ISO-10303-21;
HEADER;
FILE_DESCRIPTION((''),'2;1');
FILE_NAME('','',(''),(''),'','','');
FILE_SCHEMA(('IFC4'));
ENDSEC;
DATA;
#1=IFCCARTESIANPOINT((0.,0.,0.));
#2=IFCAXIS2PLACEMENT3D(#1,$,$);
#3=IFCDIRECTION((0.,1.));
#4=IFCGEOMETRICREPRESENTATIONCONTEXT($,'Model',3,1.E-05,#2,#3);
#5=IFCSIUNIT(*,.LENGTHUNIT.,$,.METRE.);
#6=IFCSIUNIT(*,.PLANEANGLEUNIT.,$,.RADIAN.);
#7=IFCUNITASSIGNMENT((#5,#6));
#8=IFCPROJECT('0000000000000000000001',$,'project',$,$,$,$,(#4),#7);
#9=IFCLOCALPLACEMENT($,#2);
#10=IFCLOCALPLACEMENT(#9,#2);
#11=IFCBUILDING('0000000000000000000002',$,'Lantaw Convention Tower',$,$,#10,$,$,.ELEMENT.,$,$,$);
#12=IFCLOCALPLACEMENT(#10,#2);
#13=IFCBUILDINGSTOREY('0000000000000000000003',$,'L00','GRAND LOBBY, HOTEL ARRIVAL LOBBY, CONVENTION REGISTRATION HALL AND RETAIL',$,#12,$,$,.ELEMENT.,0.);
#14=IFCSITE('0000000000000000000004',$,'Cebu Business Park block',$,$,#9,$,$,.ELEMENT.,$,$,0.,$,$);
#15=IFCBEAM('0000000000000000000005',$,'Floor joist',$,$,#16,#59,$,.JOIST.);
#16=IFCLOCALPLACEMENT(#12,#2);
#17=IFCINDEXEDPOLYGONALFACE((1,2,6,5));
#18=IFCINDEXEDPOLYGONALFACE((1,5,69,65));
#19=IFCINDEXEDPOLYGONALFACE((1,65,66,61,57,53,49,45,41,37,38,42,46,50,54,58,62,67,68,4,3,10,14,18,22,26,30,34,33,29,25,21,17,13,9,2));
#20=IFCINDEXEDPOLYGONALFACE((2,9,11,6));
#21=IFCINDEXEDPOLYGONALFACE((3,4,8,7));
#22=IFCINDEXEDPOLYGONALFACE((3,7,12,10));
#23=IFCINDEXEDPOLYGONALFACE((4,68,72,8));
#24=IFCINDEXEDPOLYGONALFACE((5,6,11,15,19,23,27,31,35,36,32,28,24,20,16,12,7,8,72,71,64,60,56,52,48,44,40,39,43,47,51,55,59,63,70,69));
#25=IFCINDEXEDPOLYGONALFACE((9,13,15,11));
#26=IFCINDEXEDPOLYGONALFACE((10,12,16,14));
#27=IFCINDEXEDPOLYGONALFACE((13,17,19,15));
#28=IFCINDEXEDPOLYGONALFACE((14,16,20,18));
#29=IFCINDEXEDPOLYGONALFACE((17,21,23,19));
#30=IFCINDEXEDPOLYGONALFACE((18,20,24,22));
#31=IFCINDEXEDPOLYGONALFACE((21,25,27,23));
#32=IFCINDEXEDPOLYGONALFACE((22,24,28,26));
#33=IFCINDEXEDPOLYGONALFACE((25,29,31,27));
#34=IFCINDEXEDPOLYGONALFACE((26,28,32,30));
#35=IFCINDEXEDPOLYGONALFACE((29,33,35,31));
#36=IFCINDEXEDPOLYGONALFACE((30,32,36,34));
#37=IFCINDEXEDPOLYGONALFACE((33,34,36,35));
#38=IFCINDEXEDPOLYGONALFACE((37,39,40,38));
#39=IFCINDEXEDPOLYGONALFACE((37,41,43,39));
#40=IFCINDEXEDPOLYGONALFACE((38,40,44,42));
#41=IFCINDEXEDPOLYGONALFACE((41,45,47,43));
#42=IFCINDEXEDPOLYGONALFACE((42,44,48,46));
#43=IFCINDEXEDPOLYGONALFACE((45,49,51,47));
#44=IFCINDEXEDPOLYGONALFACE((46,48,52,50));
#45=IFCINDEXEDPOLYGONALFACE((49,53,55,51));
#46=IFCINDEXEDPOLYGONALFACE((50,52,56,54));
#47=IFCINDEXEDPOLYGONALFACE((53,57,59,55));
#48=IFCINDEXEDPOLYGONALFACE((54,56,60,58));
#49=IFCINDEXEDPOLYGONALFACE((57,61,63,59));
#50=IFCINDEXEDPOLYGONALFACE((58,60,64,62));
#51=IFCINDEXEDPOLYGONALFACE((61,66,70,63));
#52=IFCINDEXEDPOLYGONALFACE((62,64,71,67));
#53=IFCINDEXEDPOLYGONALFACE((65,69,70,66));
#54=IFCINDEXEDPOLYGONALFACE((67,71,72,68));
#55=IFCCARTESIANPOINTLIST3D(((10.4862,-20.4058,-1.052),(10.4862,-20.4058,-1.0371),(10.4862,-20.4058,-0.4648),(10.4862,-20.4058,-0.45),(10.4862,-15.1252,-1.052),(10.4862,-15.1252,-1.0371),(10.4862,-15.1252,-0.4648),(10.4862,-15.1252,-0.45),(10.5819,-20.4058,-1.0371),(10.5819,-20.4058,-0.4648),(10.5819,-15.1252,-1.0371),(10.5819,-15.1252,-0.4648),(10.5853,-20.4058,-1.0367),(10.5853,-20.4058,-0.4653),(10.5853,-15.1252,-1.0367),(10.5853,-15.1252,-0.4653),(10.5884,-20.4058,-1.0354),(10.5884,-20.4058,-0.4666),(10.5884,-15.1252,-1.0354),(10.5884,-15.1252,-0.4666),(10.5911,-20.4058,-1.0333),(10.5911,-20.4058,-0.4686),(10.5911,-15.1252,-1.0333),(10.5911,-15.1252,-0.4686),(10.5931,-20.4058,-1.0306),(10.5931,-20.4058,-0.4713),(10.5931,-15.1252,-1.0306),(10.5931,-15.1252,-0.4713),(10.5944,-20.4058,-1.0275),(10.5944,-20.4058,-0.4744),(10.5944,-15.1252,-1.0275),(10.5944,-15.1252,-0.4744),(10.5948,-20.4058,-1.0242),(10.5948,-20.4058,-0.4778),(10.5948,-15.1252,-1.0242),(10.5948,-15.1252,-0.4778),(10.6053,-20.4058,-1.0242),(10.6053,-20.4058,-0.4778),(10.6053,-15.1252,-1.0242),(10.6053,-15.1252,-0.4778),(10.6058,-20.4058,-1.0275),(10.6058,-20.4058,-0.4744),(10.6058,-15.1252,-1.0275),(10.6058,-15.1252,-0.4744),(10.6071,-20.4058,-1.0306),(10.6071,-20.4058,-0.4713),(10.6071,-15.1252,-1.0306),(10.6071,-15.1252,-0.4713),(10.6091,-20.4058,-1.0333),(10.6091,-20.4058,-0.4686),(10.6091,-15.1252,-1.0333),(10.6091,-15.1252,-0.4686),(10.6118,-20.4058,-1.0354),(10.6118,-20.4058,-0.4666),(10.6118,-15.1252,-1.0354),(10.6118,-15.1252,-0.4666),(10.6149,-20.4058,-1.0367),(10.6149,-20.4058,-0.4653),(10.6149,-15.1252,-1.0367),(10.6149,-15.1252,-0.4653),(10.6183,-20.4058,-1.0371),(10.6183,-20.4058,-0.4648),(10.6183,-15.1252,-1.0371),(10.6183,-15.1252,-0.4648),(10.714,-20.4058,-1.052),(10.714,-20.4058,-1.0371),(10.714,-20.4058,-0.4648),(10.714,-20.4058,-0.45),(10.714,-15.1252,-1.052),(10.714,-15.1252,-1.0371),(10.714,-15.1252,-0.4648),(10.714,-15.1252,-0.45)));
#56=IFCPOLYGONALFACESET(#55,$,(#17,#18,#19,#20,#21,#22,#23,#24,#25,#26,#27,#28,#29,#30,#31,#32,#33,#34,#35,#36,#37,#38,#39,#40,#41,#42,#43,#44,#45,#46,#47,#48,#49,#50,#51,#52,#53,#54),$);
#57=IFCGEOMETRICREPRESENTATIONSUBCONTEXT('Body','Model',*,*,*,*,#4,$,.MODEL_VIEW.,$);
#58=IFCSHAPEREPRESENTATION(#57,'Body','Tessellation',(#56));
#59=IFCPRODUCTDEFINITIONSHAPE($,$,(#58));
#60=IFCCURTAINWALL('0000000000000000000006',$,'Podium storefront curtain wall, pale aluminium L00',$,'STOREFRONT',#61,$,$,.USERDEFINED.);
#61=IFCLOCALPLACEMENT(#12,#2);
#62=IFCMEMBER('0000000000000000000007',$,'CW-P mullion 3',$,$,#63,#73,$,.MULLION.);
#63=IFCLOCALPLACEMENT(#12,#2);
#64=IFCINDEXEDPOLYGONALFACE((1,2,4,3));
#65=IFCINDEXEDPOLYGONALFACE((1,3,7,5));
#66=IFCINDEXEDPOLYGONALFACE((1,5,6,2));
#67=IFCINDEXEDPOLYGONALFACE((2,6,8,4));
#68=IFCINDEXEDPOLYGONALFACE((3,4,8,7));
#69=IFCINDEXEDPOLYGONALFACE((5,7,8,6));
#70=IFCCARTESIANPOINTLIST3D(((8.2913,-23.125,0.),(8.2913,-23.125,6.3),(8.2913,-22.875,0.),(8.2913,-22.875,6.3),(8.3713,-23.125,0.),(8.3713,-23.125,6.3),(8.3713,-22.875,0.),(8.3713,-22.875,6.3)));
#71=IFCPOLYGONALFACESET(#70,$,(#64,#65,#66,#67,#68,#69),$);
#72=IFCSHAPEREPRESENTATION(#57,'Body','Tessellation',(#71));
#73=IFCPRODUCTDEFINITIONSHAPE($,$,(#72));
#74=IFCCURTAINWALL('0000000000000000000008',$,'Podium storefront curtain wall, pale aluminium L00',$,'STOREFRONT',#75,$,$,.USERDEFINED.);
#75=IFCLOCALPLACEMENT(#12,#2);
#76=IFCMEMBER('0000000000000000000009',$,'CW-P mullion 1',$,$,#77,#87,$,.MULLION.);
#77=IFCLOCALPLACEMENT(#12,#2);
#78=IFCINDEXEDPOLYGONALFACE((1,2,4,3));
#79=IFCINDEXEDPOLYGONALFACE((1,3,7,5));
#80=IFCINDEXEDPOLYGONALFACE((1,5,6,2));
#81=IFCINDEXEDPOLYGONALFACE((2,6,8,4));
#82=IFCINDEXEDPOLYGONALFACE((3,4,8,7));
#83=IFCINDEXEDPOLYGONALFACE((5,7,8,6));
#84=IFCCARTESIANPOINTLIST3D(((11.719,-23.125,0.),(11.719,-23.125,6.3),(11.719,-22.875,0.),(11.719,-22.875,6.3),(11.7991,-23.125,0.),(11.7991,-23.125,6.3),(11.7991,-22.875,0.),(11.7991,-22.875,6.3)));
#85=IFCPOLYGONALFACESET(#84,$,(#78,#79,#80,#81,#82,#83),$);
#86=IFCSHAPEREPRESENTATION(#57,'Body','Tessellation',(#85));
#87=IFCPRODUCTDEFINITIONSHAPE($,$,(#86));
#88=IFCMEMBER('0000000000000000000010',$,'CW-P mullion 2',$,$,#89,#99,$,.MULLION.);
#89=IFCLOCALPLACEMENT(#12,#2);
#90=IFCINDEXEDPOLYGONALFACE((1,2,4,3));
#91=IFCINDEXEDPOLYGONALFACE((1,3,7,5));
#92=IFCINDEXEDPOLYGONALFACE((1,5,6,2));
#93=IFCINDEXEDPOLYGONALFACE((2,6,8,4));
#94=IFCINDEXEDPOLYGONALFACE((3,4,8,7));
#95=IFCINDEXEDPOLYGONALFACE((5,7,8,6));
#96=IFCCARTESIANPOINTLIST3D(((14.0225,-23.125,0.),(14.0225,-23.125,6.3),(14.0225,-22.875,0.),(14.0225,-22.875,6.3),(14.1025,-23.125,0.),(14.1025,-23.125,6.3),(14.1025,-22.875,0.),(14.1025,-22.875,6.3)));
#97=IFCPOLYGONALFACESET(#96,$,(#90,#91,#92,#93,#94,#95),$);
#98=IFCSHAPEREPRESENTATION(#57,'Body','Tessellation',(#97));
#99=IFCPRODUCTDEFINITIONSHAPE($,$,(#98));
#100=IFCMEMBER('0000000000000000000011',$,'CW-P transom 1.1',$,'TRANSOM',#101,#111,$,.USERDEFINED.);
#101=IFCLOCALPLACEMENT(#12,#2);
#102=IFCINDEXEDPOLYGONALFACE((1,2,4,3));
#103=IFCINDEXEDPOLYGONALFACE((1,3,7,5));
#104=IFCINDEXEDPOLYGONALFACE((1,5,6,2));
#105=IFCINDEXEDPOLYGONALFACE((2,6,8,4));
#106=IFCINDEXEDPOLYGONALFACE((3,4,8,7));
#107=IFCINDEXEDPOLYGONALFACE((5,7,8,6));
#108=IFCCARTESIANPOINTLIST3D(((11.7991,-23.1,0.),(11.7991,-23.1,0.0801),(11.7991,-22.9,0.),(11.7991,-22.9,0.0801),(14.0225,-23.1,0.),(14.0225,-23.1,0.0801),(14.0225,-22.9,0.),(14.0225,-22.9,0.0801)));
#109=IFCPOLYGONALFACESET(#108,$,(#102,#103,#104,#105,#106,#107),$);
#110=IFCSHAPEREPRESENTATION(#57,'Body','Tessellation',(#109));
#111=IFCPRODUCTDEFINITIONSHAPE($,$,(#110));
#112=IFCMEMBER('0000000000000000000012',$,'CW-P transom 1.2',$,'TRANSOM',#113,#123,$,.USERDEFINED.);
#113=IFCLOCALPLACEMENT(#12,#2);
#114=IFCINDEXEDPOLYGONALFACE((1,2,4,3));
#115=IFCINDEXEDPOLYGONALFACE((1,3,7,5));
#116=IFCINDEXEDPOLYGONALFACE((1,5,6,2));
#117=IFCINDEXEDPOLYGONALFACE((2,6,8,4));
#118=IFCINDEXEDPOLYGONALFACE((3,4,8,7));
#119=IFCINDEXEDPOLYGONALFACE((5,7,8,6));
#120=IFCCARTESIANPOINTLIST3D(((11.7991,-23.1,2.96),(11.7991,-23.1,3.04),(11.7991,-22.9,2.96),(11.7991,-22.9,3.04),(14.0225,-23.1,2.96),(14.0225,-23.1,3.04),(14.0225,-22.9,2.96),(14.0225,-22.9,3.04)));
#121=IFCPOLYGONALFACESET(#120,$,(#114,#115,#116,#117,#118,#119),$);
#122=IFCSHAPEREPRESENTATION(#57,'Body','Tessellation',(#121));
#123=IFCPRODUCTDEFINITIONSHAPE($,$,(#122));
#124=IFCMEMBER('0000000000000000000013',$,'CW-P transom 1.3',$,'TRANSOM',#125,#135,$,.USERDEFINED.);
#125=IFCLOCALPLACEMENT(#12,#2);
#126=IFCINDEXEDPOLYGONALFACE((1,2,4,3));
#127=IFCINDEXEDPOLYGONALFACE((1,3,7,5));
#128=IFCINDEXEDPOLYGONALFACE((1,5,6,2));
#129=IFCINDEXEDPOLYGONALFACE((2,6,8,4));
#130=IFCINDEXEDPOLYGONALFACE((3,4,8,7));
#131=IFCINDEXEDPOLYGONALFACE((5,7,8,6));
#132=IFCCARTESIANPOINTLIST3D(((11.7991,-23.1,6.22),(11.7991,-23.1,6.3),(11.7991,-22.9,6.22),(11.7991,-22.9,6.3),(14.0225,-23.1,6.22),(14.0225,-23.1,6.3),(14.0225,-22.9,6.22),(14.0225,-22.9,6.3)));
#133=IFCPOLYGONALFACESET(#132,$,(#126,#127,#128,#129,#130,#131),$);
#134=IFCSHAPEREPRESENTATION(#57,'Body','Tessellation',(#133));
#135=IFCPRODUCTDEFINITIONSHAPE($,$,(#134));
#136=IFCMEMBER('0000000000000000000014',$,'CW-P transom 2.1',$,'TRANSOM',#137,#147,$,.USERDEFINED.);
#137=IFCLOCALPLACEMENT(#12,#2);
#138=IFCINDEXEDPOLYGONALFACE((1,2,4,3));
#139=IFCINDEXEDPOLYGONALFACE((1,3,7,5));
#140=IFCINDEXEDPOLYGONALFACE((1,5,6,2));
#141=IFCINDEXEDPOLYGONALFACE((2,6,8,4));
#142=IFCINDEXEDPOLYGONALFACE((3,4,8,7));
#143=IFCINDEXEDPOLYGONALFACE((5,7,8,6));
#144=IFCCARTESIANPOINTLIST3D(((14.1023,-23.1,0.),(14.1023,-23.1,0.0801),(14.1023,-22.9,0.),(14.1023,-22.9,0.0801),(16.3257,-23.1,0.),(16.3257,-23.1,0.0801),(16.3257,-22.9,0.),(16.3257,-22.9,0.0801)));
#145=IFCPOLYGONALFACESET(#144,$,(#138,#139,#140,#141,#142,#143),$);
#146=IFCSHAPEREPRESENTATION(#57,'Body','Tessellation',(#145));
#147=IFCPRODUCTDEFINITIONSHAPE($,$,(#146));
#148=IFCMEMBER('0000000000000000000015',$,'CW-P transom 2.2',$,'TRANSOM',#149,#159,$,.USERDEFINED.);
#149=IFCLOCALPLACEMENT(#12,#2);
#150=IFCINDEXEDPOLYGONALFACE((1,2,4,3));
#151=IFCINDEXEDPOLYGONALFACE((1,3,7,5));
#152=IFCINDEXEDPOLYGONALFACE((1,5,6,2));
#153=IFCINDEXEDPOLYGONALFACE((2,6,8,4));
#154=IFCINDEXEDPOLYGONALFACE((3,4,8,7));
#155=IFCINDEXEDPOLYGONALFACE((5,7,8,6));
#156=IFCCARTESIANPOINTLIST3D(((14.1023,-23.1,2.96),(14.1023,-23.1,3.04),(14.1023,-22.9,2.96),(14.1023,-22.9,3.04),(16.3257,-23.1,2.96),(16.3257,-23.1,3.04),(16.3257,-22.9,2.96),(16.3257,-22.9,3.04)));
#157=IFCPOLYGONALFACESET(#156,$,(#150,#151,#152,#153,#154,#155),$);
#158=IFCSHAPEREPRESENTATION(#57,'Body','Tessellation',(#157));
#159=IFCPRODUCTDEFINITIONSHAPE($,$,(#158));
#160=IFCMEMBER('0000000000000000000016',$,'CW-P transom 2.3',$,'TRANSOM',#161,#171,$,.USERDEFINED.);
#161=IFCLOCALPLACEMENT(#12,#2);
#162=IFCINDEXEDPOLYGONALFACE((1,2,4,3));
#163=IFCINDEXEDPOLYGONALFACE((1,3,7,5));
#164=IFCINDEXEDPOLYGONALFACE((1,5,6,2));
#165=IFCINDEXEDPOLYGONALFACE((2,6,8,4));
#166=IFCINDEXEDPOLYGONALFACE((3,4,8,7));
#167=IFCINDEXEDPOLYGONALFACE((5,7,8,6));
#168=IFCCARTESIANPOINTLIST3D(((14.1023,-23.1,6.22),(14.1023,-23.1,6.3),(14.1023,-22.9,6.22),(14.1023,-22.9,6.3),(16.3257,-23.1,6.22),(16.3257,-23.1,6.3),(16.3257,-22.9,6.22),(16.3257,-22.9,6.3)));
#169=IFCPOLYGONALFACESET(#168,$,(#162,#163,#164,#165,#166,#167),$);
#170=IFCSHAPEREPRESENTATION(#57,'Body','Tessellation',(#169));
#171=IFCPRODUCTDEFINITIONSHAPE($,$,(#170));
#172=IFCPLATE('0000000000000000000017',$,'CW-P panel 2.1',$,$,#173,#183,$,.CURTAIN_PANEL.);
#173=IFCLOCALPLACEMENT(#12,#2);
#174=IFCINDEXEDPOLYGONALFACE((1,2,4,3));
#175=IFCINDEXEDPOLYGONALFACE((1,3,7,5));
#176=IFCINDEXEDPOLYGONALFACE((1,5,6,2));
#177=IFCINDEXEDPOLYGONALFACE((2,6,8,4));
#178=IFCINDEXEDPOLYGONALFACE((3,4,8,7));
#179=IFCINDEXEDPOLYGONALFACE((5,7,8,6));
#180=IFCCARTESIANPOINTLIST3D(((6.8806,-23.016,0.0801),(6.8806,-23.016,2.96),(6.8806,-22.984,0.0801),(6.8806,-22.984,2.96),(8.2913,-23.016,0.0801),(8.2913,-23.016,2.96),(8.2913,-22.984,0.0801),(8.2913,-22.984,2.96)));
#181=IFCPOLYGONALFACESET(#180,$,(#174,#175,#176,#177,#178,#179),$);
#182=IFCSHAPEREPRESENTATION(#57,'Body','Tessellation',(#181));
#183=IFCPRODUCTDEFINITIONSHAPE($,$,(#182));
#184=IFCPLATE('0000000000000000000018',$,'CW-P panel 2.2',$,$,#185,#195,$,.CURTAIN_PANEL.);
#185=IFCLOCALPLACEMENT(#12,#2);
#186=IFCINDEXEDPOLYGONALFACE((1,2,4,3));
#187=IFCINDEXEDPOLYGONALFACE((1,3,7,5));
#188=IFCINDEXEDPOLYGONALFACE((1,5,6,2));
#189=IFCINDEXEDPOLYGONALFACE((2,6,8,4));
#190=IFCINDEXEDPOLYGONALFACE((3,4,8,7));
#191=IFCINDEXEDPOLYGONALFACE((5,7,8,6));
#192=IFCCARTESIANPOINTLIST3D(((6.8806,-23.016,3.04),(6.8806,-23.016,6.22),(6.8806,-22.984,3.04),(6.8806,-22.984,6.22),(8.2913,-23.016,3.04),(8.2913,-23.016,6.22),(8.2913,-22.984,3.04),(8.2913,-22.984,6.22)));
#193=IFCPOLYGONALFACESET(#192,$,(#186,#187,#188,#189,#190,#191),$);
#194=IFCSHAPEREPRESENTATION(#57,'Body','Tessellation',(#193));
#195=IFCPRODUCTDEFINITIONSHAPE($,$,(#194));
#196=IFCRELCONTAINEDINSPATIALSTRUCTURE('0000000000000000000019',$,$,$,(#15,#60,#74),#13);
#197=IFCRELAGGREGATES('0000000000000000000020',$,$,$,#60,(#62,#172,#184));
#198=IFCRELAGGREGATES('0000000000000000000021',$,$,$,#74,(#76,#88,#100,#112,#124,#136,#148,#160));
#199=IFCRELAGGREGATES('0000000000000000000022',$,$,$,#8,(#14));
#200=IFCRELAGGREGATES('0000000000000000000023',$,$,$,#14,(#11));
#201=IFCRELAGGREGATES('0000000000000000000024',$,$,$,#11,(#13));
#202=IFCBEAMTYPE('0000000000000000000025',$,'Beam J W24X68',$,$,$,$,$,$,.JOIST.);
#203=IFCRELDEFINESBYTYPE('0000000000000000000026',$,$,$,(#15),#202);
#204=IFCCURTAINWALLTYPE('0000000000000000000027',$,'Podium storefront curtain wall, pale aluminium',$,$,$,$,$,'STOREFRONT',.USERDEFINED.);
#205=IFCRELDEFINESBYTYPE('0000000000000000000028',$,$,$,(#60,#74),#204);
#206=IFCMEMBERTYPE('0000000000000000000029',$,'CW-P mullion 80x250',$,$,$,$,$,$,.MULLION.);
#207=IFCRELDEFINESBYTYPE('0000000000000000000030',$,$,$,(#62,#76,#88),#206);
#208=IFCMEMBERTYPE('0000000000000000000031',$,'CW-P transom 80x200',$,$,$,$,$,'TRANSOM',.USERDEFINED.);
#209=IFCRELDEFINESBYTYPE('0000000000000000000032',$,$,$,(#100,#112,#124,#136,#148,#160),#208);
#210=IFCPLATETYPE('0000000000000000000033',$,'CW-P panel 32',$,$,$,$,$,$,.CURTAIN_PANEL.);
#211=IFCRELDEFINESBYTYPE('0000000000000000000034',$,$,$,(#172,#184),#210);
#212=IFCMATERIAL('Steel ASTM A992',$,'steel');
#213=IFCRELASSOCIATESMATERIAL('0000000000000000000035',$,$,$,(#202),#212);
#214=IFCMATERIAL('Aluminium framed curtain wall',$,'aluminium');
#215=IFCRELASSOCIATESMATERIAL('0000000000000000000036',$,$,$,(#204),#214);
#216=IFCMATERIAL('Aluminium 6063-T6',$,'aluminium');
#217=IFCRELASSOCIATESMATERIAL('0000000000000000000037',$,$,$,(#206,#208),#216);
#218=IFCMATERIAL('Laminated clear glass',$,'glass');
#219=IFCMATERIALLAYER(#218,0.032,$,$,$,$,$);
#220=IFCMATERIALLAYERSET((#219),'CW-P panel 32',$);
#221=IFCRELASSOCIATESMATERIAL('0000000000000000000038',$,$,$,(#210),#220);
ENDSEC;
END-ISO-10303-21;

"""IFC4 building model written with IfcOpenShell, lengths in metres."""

from ifc_helpers import new_model, si_unit, direction, frame, origin, origin_2d, place, context, subcontext, project, spatial, rectangle, i_section, extrude, material, layer, layer_set, material_profile, profile_set, type_object, element, aggregate, save


model = new_model("IFC4")

# Units and contexts
model_context = context("Model", 3, precision=1e-05, world=origin(), true_north=direction((0.0, 1.0)))
body_context = subcontext(model_context, "Body", "Model", "MODEL_VIEW")
ifc_project = project(units=[si_unit("LENGTHUNIT", "METRE"), si_unit("PLANEANGLEUNIT", "RADIAN")], contexts=[model_context])

# Site, building, storey
site_placement = place(None, origin())
site = spatial("IfcSite", under=ifc_project, at=site_placement, Name="Cebu Business Park block", CompositionType="ELEMENT", RefElevation=0.0)
building_placement = place(site_placement, origin())
building = spatial("IfcBuilding", under=site, at=building_placement, Name="Lantaw Convention Tower", CompositionType="ELEMENT")
storey_placement = place(building_placement, origin())
storey = spatial("IfcBuildingStorey", under=building, at=storey_placement, Name="L00", Description="GRAND LOBBY, HOTEL ARRIVAL LOBBY, CONVENTION REGISTRATION HALL AND RETAIL", CompositionType="ELEMENT", Elevation=0.0)

# Beam
ifc_material_1 = material(Name="Steel ASTM A992", Category="steel")
ifc_material_profile_1 = material_profile(ifc_material_1, i_section(OverallWidth=0.2278, OverallDepth=0.6021, WebThickness=0.0105, FlangeThickness=0.0149, FilletRadius=0.0129, at=origin_2d()), Name="W24X68")
ifc_profile_set_1 = profile_set([ifc_material_profile_1], Name="Steel ASTM A992")
beam_type_1 = type_object("IfcBeamType", Name="Beam J W24X68", PredefinedType="JOIST", material=ifc_profile_set_1)
beam_1_placement = place(storey_placement, frame((10.6001, -20.4058, -0.751), z_axis=(0.0, 1.0, 0.0), x_axis=(-1.0, 0.0, 0.0)))
element("IfcBeam", 1, at=beam_1_placement, inside=storey, type_object=beam_type_1, Name="Floor joist", PredefinedType="JOIST", context=body_context, shape_type="SweptSolid", body=[
    extrude(i_section(OverallWidth=0.2278, OverallDepth=0.6021, WebThickness=0.0105, FlangeThickness=0.0149, FilletRadius=0.0129, at=origin_2d()), origin(), (0.0, 0.0, 1.0), 5.2805),
])

# Curtain wall, member
ifc_material_2 = material(Name="Aluminium framed curtain wall", Category="aluminium")
curtain_wall_type = type_object("IfcCurtainWallType", Name="Podium storefront curtain wall, pale aluminium", ElementType="STOREFRONT", PredefinedType="USERDEFINED", material=ifc_material_2)
curtain_wall_1_placement = place(storey_placement, origin())
curtain_wall_1 = element("IfcCurtainWall", 2, at=curtain_wall_1_placement, inside=storey, type_object=curtain_wall_type, Name="Podium storefront curtain wall, pale aluminium L00", ObjectType="STOREFRONT", PredefinedType="USERDEFINED")
ifc_material_3 = material(Name="Aluminium 6063-T6", Category="aluminium")
ifc_material_profile_2 = material_profile(ifc_material_3, rectangle(XDim=0.25, YDim=0.0801, at=origin_2d()), Name="CW-P mullion 80x250")
ifc_profile_set_2 = profile_set([ifc_material_profile_2], Name="Aluminium 6063-T6")
member_type_1 = type_object("IfcMemberType", Name="CW-P mullion 80x250", PredefinedType="MULLION", material=ifc_profile_set_2)
member_1_placement = place(storey_placement, frame((8.3313, -23.0, 0.0), z_axis=(0.0, 0.0, 1.0), x_axis=(0.0, 1.0, 0.0)))
member_1 = element("IfcMember", 3, at=member_1_placement, type_object=member_type_1, Name="CW-P mullion 3", PredefinedType="MULLION", context=body_context, shape_type="SweptSolid", body=[
    extrude(rectangle(XDim=0.25, YDim=0.0801, at=origin_2d()), origin(), (0.0, 0.0, 1.0), 6.3),
])

# Curtain wall, members
curtain_wall_2_placement = place(storey_placement, origin())
curtain_wall_2 = element("IfcCurtainWall", 4, at=curtain_wall_2_placement, inside=storey, type_object=curtain_wall_type, Name="Podium storefront curtain wall, pale aluminium L00", ObjectType="STOREFRONT", PredefinedType="USERDEFINED")
member_2_placement = place(storey_placement, frame((11.759, -23.0, 0.0), z_axis=(0.0, 0.0, 1.0), x_axis=(0.0, 1.0, 0.0)))
member_2 = element("IfcMember", 5, at=member_2_placement, type_object=member_type_1, Name="CW-P mullion 1", PredefinedType="MULLION", context=body_context, shape_type="SweptSolid", body=[
    extrude(rectangle(XDim=0.25, YDim=0.0801, at=origin_2d()), origin(), (0.0, 0.0, 1.0), 6.3),
])
member_3_placement = place(storey_placement, frame((14.0625, -23.0, 0.0), z_axis=(0.0, 0.0, 1.0), x_axis=(0.0, 1.0, 0.0)))
member_3 = element("IfcMember", 6, at=member_3_placement, type_object=member_type_1, Name="CW-P mullion 2", PredefinedType="MULLION", context=body_context, shape_type="SweptSolid", body=[
    extrude(rectangle(XDim=0.25, YDim=0.0801, at=origin_2d()), origin(), (0.0, 0.0, 1.0), 6.3),
])
ifc_material_profile_3 = material_profile(ifc_material_3, rectangle(XDim=0.2, YDim=0.0801, at=origin_2d()), Name="CW-P transom 80x200")
ifc_profile_set_3 = profile_set([ifc_material_profile_3], Name="Aluminium 6063-T6")
member_type_2 = type_object("IfcMemberType", Name="CW-P transom 80x200", ElementType="TRANSOM", PredefinedType="USERDEFINED", material=ifc_profile_set_3)
member_4_placement = place(storey_placement, frame((11.7991, -23.0, 0.04), z_axis=(1.0, 0.0, 0.0), x_axis=(0.0, 1.0, 0.0)))
member_4 = element("IfcMember", 7, at=member_4_placement, type_object=member_type_2, Name="CW-P transom 1.1", ObjectType="TRANSOM", PredefinedType="USERDEFINED", context=body_context, shape_type="SweptSolid", body=[
    extrude(rectangle(XDim=0.2, YDim=0.0801, at=origin_2d()), origin(), (0.0, 0.0, 1.0), 2.2234),
])
member_5_placement = place(storey_placement, frame((11.7991, -23.0, 3.0), z_axis=(1.0, 0.0, 0.0), x_axis=(0.0, 1.0, 0.0)))
member_5 = element("IfcMember", 8, at=member_5_placement, type_object=member_type_2, Name="CW-P transom 1.2", ObjectType="TRANSOM", PredefinedType="USERDEFINED", context=body_context, shape_type="SweptSolid", body=[
    extrude(rectangle(XDim=0.2, YDim=0.0801, at=origin_2d()), origin(), (0.0, 0.0, 1.0), 2.2234),
])
member_6_placement = place(storey_placement, frame((11.7991, -23.0, 6.26), z_axis=(1.0, 0.0, 0.0), x_axis=(0.0, 1.0, 0.0)))
member_6 = element("IfcMember", 9, at=member_6_placement, type_object=member_type_2, Name="CW-P transom 1.3", ObjectType="TRANSOM", PredefinedType="USERDEFINED", context=body_context, shape_type="SweptSolid", body=[
    extrude(rectangle(XDim=0.2, YDim=0.0801, at=origin_2d()), origin(), (0.0, 0.0, 1.0), 2.2234),
])
member_7_placement = place(storey_placement, frame((14.1023, -23.0, 0.04), z_axis=(1.0, 0.0, 0.0), x_axis=(0.0, 1.0, 0.0)))
member_7 = element("IfcMember", 10, at=member_7_placement, type_object=member_type_2, Name="CW-P transom 2.1", ObjectType="TRANSOM", PredefinedType="USERDEFINED", context=body_context, shape_type="SweptSolid", body=[
    extrude(rectangle(XDim=0.2, YDim=0.0801, at=origin_2d()), origin(), (0.0, 0.0, 1.0), 2.2234),
])
member_8_placement = place(storey_placement, frame((14.1023, -23.0, 3.0), z_axis=(1.0, 0.0, 0.0), x_axis=(0.0, 1.0, 0.0)))
member_8 = element("IfcMember", 11, at=member_8_placement, type_object=member_type_2, Name="CW-P transom 2.2", ObjectType="TRANSOM", PredefinedType="USERDEFINED", context=body_context, shape_type="SweptSolid", body=[
    extrude(rectangle(XDim=0.2, YDim=0.0801, at=origin_2d()), origin(), (0.0, 0.0, 1.0), 2.2234),
])
member_9_placement = place(storey_placement, frame((14.1023, -23.0, 6.26), z_axis=(1.0, 0.0, 0.0), x_axis=(0.0, 1.0, 0.0)))
member_9 = element("IfcMember", 12, at=member_9_placement, type_object=member_type_2, Name="CW-P transom 2.3", ObjectType="TRANSOM", PredefinedType="USERDEFINED", context=body_context, shape_type="SweptSolid", body=[
    extrude(rectangle(XDim=0.2, YDim=0.0801, at=origin_2d()), origin(), (0.0, 0.0, 1.0), 2.2234),
])

# Plates
ifc_material_4 = material(Name="Laminated clear glass", Category="glass")
ifc_layer_1 = layer(ifc_material_4, 0.032)
ifc_layer_set_1 = layer_set([ifc_layer_1], Name="CW-P panel 32")
plate_type = type_object("IfcPlateType", Name="CW-P panel 32", PredefinedType="CURTAIN_PANEL", material=ifc_layer_set_1)
plate_1_placement = place(storey_placement, frame((7.5859, -23.0, 0.0801), z_axis=(0.0, 0.0, 1.0), x_axis=(1.0, 0.0, 0.0)))
plate_1 = element("IfcPlate", 13, at=plate_1_placement, type_object=plate_type, Name="CW-P panel 2.1", PredefinedType="CURTAIN_PANEL", context=body_context, shape_type="SweptSolid", body=[
    extrude(rectangle(XDim=1.4106, YDim=0.032, at=origin_2d()), origin(), (0.0, 0.0, 1.0), 2.8799),
])
plate_2_placement = place(storey_placement, frame((7.5859, -23.0, 3.04), z_axis=(0.0, 0.0, 1.0), x_axis=(1.0, 0.0, 0.0)))
plate_2 = element("IfcPlate", 14, at=plate_2_placement, type_object=plate_type, Name="CW-P panel 2.2", PredefinedType="CURTAIN_PANEL", context=body_context, shape_type="SweptSolid", body=[
    extrude(rectangle(XDim=1.4106, YDim=0.032, at=origin_2d()), origin(), (0.0, 0.0, 1.0), 3.1799),
])
aggregate(curtain_wall_1, [member_1, plate_1, plate_2])
aggregate(curtain_wall_2, [member_2, member_3, member_4, member_5, member_6, member_7, member_8, member_9])

save(model, "model.ifc")
